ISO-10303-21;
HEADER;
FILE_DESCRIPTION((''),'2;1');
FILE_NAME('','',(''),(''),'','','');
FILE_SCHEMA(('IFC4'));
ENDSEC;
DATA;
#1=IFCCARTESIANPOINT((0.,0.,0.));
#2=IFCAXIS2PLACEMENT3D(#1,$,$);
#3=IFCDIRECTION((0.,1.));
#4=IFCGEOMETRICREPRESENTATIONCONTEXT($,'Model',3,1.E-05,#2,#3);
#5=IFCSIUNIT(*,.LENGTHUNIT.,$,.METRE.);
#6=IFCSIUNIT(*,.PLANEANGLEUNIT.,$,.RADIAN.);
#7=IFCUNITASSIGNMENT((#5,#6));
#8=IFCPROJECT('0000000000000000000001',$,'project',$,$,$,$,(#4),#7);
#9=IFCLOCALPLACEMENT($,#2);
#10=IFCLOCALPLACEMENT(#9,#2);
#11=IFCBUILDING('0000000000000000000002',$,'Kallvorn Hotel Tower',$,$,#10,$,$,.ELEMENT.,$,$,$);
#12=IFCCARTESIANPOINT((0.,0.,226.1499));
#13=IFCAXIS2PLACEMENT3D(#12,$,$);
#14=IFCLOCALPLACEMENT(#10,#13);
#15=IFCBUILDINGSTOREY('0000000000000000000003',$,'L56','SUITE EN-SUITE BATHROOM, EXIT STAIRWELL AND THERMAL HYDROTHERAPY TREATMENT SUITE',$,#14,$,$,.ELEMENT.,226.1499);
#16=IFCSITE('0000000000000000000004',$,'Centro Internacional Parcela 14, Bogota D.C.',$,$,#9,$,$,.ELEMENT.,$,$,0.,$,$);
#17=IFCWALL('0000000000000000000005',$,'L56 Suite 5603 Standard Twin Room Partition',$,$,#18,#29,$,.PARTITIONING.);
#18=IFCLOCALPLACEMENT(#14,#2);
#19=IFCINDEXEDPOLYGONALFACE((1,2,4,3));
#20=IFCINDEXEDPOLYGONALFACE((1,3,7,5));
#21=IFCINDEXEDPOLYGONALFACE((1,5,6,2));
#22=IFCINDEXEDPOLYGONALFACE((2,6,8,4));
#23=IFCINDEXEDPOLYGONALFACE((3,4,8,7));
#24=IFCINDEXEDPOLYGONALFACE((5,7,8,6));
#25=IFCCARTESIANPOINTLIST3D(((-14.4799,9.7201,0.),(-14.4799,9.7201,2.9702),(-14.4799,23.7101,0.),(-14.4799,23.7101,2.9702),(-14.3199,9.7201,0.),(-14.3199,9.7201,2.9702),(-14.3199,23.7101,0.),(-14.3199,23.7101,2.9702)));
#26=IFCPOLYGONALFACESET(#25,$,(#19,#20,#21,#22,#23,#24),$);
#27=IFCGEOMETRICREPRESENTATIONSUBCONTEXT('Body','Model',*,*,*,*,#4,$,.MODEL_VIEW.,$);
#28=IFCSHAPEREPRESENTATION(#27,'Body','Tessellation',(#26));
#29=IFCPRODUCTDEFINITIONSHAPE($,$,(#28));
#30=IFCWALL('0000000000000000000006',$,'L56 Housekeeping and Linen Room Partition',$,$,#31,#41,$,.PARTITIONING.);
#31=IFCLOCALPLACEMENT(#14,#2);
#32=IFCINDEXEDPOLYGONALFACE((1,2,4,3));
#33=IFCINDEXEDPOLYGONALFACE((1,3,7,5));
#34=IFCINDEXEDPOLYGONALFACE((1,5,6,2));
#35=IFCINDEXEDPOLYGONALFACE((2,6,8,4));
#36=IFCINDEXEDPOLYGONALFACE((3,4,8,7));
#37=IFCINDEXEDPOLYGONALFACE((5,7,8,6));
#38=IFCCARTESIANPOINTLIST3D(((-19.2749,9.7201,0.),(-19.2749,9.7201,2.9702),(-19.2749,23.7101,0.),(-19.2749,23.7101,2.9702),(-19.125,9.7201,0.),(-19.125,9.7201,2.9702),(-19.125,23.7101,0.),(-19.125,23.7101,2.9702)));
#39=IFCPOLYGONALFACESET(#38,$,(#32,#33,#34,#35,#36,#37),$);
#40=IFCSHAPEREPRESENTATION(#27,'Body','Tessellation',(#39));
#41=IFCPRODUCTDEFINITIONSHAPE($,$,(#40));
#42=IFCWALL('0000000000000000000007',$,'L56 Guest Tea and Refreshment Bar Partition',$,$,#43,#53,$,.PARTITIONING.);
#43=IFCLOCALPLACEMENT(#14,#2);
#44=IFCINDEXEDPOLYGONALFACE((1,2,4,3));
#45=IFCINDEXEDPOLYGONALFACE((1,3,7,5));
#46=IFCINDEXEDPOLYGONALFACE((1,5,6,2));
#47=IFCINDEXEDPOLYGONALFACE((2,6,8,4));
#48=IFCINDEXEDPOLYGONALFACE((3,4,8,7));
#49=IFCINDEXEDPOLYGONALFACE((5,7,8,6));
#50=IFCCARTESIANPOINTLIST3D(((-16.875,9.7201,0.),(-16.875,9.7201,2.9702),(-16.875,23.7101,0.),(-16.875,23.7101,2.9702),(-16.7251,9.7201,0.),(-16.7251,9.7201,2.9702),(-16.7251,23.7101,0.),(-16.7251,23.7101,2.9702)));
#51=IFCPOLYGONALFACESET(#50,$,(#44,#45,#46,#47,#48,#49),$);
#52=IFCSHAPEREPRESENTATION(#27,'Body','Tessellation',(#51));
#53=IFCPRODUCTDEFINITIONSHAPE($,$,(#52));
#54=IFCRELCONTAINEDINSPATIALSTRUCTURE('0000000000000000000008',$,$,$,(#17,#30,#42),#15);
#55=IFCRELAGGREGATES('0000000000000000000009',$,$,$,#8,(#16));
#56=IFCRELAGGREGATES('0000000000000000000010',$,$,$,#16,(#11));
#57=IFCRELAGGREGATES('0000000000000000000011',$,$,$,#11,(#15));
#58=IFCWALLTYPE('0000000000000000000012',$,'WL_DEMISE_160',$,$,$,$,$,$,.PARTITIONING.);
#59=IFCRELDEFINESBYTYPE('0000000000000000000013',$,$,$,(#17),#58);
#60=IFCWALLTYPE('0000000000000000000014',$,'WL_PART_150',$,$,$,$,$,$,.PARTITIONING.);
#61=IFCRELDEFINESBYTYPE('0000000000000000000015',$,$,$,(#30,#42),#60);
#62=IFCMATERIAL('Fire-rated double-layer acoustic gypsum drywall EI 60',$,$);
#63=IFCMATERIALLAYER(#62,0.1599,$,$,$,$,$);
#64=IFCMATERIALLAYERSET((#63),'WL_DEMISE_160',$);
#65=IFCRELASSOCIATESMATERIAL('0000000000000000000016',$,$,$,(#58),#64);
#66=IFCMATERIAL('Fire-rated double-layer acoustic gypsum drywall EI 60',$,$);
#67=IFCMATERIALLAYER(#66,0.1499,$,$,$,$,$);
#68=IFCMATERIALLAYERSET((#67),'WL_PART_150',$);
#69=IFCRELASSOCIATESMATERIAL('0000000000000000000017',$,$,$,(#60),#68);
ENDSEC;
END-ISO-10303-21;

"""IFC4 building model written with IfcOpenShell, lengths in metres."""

from ifc_helpers import new_model, si_unit, direction, frame, frame_2d, origin, place, context, subcontext, project, spatial, rectangle, extrude, material, layer, layer_set, type_object, element, save


model = new_model("IFC4")

# Units and contexts
model_context = context("Model", 3, precision=1e-05, world=origin(), true_north=direction((0.0, 1.0)))
body_context = subcontext(model_context, "Body", "Model", "MODEL_VIEW")
ifc_project = project(units=[si_unit("LENGTHUNIT", "METRE"), si_unit("PLANEANGLEUNIT", "RADIAN")], contexts=[model_context])

# Site, building, storey
site_placement = place(None, origin())
site = spatial("IfcSite", under=ifc_project, at=site_placement, Name="Centro Internacional Parcela 14, Bogota D.C.", CompositionType="ELEMENT", RefElevation=0.0)
building_placement = place(site_placement, origin())
building = spatial("IfcBuilding", under=site, at=building_placement, Name="Kallvorn Hotel Tower", CompositionType="ELEMENT")
storey_placement = place(building_placement, frame((0.0, 0.0, 226.1499)))
storey = spatial("IfcBuildingStorey", under=building, at=storey_placement, Name="L56", Description="SUITE EN-SUITE BATHROOM, EXIT STAIRWELL AND THERMAL HYDROTHERAPY TREATMENT SUITE", CompositionType="ELEMENT", Elevation=226.1499)

# Shared definitions
ifc_material_1 = material(Name="Fire-rated double-layer acoustic gypsum drywall EI 60")
ifc_layer_1 = layer(ifc_material_1, 0.1599)
ifc_layer_set_1 = layer_set([ifc_layer_1], Name="WL_DEMISE_160")
wall_type_1 = type_object("IfcWallType", Name="WL_DEMISE_160", PredefinedType="PARTITIONING", material=ifc_layer_set_1)

# Walls
wall_1_placement = place(storey_placement, frame((-14.3999, 9.72, 0.0), z_axis=(0.0, 0.0, 1.0), x_axis=(0.0, 1.0, 0.0)))
element("IfcWall", 1, at=wall_1_placement, inside=storey, type_object=wall_type_1, Name="L56 Suite 5603 Standard Twin Room Partition", PredefinedType="PARTITIONING", context=body_context, shape_type="SweptSolid", body=[
    extrude(rectangle(XDim=13.99, YDim=0.1599, at=frame_2d((6.9951, 0.0))), origin(), (0.0, 0.0, 1.0), 2.9702),
])
ifc_material_2 = material(Name="Fire-rated double-layer acoustic gypsum drywall EI 60")
ifc_layer_2 = layer(ifc_material_2, 0.1499)
ifc_layer_set_2 = layer_set([ifc_layer_2], Name="WL_PART_150")
wall_type_2 = type_object("IfcWallType", Name="WL_PART_150", PredefinedType="PARTITIONING", material=ifc_layer_set_2)
for number, where, z_axis, x_axis, name in (
    (2, (-19.2, 9.72, 0.0), (0.0, 0.0, 1.0), (0.0, 1.0, 0.0), "L56 Housekeeping and Linen Room Partition"),
    (3, (-16.8, 9.72, 0.0), (0.0, 0.0, 1.0), (0.0, 1.0, 0.0), "L56 Guest Tea and Refreshment Bar Partition"),
):
    element("IfcWall", number, at=place(storey_placement, frame(where, z_axis=z_axis, x_axis=x_axis)), inside=storey, type_object=wall_type_2, Name=name, PredefinedType="PARTITIONING", context=body_context, shape_type="SweptSolid", body=[
        extrude(rectangle(XDim=13.99, YDim=0.1499, at=frame_2d((6.9951, 0.0))), origin(), (0.0, 0.0, 1.0), 2.9702),
    ])

save(model, "model.ifc")
